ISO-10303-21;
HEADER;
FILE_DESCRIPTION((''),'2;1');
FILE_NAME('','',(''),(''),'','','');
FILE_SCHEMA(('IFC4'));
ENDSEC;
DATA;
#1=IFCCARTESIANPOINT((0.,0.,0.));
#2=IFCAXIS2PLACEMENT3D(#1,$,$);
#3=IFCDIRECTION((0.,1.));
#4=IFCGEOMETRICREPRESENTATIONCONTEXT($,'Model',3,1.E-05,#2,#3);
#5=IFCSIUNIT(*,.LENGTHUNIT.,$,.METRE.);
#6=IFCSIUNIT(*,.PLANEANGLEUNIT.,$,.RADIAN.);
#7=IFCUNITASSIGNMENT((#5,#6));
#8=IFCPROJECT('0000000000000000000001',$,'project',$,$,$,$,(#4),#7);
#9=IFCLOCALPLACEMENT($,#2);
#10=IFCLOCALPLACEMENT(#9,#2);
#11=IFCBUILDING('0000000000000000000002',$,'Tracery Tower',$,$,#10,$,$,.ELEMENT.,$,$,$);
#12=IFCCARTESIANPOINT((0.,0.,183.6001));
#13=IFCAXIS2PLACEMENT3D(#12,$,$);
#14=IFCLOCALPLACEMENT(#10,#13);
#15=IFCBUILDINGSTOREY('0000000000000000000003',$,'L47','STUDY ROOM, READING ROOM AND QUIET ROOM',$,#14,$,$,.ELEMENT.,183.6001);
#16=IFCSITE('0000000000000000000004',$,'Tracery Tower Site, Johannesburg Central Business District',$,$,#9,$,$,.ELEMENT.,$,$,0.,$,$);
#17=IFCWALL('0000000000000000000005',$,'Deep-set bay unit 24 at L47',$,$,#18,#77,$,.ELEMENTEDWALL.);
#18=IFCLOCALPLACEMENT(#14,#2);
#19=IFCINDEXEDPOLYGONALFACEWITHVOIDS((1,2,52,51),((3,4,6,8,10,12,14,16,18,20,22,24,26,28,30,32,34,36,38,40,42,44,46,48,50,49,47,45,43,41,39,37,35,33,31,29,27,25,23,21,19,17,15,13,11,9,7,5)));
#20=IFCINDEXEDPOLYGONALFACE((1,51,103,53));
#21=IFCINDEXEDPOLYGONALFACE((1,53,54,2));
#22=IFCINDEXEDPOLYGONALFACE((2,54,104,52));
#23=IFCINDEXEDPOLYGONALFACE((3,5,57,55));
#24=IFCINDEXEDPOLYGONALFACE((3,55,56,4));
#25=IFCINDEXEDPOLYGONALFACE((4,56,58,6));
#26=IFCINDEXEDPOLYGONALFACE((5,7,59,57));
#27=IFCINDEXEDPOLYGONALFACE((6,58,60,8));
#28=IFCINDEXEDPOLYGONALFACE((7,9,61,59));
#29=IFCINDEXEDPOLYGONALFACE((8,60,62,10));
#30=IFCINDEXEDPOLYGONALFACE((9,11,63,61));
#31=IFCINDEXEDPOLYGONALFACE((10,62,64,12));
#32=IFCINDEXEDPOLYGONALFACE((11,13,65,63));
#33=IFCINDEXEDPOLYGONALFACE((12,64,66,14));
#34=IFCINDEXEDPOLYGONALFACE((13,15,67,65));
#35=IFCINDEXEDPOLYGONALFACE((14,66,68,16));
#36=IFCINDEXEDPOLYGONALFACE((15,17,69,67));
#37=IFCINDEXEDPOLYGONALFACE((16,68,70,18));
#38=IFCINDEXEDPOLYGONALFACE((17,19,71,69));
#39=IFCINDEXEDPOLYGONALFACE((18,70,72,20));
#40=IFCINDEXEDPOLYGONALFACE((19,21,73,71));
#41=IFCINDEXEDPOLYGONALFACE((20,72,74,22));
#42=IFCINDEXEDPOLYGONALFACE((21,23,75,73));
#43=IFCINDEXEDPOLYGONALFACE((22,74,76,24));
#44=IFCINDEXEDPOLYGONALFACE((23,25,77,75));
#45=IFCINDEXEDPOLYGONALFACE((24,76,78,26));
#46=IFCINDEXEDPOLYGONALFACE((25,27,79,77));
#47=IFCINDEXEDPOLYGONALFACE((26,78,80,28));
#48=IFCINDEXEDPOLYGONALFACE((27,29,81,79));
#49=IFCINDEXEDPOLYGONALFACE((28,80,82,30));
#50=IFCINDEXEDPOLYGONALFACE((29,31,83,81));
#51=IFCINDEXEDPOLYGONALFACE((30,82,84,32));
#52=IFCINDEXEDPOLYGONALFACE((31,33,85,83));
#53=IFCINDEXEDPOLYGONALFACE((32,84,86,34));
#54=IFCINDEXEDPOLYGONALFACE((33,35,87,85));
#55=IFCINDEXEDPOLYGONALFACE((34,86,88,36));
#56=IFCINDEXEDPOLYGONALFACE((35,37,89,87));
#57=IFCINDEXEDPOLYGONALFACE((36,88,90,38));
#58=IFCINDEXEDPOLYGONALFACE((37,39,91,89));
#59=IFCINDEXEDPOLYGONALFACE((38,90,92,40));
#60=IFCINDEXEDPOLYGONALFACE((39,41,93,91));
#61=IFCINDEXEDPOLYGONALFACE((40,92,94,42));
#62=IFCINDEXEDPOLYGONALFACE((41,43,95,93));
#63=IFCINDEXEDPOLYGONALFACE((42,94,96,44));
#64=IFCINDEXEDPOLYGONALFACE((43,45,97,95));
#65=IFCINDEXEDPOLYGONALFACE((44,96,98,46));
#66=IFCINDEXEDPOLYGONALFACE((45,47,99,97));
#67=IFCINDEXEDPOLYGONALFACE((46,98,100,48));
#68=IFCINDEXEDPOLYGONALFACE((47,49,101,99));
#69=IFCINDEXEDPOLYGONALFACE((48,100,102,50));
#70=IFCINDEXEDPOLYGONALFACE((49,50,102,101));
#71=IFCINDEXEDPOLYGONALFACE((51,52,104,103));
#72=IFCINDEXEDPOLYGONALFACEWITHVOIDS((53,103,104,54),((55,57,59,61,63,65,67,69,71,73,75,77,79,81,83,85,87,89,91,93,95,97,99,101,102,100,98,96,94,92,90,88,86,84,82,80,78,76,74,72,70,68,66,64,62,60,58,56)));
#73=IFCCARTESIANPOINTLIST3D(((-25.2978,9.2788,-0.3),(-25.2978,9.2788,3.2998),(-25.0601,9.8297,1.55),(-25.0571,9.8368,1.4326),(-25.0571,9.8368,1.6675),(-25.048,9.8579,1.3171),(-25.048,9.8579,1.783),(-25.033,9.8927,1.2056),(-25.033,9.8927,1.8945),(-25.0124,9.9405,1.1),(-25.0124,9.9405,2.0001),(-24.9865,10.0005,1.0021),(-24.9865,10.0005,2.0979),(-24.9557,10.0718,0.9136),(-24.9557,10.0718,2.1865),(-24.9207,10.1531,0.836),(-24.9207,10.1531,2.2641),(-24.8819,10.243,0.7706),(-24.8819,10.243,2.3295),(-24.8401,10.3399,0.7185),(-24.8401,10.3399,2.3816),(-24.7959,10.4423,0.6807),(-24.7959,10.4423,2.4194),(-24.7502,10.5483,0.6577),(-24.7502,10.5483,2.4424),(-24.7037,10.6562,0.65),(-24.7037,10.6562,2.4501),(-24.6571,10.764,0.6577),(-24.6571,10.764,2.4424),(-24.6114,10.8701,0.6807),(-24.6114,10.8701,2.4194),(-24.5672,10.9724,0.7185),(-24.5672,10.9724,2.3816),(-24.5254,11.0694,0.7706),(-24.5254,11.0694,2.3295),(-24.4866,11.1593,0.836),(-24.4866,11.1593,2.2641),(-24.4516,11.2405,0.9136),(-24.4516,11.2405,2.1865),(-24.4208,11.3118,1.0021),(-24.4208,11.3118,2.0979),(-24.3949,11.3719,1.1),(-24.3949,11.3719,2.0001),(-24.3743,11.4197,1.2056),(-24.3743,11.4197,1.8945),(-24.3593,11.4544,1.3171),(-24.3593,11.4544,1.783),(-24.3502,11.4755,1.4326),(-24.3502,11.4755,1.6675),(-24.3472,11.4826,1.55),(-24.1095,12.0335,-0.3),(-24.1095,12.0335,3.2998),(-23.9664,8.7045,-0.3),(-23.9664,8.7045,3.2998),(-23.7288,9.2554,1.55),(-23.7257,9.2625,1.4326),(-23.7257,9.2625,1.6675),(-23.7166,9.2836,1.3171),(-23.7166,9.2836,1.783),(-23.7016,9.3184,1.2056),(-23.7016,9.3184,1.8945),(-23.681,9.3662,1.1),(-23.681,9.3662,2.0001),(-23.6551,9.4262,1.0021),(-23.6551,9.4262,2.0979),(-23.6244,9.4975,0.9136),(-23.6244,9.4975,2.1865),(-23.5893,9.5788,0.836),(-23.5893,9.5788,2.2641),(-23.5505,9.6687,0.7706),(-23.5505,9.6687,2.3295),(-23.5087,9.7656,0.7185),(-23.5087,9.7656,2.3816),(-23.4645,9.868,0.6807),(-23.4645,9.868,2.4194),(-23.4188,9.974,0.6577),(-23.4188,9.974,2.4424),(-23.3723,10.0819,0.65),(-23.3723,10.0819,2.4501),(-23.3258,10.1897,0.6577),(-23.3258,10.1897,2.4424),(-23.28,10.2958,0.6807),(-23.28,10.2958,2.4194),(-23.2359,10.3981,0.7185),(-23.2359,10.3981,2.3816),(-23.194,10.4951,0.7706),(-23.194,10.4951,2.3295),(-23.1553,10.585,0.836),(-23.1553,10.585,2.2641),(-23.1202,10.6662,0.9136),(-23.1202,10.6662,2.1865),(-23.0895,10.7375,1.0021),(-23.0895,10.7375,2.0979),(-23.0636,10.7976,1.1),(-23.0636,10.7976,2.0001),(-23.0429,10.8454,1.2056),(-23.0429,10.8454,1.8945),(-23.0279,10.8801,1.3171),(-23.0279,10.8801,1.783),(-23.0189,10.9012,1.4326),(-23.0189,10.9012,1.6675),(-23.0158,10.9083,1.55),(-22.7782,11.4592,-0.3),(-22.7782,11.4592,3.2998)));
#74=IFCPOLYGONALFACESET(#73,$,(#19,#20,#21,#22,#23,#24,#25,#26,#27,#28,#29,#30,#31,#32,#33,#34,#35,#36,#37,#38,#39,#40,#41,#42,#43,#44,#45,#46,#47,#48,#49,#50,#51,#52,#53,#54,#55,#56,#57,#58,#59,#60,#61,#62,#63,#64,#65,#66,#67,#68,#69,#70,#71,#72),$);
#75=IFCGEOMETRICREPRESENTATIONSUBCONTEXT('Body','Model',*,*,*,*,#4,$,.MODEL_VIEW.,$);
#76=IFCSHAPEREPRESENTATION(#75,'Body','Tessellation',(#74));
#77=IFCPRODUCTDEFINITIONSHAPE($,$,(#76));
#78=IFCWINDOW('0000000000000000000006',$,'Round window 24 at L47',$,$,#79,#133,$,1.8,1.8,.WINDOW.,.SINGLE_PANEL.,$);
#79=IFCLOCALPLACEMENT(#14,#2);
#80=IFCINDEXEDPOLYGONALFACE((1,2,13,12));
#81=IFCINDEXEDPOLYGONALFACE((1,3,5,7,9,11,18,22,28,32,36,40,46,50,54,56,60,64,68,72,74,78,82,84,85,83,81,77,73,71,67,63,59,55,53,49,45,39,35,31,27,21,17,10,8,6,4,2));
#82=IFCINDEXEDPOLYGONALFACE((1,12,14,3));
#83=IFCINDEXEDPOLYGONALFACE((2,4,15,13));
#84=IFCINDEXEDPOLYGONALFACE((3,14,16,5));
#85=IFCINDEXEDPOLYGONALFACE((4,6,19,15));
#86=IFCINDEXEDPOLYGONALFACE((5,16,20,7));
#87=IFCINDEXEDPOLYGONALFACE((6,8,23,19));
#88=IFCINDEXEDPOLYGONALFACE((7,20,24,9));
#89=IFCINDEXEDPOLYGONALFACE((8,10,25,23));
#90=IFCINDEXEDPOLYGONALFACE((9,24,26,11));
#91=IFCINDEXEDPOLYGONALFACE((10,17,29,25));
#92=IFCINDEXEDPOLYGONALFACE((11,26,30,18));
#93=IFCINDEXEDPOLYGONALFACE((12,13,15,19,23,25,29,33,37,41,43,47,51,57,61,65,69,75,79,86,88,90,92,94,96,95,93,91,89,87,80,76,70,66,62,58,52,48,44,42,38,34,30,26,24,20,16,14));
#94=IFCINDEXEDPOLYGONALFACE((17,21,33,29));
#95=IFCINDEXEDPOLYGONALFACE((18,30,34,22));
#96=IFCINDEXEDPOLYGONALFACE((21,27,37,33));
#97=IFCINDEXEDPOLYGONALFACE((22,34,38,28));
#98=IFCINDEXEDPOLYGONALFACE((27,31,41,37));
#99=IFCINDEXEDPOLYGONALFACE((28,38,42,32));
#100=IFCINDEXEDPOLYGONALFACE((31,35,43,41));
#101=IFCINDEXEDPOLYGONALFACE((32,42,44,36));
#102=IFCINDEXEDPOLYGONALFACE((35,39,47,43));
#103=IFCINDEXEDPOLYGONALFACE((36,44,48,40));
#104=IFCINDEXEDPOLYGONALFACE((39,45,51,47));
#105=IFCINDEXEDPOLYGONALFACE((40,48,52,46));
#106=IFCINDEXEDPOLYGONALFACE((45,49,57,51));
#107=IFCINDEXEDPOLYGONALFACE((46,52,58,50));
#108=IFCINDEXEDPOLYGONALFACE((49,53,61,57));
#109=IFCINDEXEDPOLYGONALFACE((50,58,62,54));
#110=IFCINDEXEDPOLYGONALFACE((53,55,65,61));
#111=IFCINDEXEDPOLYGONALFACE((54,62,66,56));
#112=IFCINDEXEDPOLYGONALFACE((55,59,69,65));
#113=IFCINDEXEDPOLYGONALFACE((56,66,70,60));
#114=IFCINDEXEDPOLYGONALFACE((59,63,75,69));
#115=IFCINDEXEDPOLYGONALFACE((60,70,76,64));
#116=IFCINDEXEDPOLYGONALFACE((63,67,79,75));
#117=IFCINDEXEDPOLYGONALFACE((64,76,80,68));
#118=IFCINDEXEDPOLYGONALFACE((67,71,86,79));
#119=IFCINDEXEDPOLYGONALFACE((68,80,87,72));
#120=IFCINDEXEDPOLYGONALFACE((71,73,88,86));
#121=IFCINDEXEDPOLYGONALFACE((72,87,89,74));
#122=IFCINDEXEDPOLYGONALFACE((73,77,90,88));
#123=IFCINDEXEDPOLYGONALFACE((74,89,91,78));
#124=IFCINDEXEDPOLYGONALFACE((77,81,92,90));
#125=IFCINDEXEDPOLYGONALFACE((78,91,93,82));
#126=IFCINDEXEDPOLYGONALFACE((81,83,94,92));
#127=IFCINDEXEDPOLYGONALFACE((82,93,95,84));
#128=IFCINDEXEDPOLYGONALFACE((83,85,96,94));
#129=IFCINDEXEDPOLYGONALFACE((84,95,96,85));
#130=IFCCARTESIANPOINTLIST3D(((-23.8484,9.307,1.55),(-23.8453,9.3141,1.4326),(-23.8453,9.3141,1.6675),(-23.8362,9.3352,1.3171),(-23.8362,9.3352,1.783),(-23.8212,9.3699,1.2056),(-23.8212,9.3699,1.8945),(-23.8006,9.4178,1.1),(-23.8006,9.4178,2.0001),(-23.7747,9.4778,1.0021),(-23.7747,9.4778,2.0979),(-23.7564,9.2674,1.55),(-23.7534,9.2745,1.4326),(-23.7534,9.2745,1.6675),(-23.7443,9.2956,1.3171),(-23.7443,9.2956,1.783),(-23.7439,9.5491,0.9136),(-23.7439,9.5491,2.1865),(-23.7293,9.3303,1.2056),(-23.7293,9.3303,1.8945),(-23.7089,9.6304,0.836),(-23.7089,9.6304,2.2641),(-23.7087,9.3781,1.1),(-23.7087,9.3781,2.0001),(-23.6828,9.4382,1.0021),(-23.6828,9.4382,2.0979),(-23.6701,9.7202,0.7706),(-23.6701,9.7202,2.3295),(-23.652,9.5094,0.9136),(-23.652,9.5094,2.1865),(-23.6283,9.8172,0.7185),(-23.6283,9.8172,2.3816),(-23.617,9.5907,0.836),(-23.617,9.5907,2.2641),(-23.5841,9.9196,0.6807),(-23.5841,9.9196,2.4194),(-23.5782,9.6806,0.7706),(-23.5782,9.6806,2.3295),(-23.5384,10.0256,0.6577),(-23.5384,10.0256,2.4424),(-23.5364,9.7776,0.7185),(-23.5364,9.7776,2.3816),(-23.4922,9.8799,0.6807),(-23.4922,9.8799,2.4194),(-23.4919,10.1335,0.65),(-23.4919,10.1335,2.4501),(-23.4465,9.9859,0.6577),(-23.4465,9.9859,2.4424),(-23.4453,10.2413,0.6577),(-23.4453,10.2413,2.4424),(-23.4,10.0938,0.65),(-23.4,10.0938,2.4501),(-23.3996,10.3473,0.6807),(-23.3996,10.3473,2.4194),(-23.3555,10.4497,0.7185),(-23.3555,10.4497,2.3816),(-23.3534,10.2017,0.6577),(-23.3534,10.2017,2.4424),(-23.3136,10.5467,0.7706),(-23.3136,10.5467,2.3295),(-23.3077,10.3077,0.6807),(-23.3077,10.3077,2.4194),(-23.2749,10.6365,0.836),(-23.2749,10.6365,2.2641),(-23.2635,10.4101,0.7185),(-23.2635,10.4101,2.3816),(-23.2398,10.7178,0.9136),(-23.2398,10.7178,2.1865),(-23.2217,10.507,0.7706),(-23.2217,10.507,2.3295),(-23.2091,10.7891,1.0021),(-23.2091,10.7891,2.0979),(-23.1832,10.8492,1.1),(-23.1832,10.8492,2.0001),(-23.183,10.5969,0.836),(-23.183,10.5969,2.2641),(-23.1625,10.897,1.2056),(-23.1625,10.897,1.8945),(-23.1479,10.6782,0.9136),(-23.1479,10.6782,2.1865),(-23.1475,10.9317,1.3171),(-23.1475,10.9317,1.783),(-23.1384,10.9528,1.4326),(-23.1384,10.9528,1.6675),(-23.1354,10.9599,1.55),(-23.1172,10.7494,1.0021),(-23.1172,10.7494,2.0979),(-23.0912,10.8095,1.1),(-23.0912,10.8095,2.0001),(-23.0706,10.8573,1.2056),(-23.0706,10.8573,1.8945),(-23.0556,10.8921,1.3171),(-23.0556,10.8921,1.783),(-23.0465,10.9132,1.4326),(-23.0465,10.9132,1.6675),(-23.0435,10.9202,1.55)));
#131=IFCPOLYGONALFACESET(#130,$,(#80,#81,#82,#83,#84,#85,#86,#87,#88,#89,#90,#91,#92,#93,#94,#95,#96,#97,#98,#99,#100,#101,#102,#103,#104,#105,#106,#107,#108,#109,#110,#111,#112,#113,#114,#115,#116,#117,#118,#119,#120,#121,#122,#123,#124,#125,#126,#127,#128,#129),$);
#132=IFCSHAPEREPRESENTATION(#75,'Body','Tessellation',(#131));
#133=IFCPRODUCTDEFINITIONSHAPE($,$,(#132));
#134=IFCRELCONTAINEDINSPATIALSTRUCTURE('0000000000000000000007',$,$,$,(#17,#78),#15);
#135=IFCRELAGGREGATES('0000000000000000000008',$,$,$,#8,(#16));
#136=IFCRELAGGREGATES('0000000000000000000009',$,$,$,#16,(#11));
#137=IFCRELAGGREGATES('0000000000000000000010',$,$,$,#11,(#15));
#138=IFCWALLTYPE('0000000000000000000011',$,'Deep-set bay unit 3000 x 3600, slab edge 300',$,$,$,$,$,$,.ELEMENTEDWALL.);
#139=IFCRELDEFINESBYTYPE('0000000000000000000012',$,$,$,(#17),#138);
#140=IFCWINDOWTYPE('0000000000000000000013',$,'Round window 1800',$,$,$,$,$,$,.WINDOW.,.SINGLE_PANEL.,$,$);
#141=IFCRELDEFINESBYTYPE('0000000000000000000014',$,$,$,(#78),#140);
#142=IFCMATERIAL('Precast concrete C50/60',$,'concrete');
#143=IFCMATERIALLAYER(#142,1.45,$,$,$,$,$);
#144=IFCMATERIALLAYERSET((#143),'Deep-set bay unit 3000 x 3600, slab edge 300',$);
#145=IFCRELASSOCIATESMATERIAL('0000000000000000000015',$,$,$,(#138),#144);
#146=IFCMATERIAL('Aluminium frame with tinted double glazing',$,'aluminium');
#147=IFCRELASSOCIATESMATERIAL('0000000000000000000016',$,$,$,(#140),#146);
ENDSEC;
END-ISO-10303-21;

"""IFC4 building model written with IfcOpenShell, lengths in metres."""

from ifc_helpers import new_model, si_unit, direction, frame, frame_2d, origin, origin_2d, place, context, subcontext, project, spatial, rectangle, circle, extrude, material, layer, layer_set, type_object, element, fill, save


model = new_model("IFC4")

# Units and contexts
model_context = context("Model", 3, precision=1e-05, world=origin(), true_north=direction((0.0, 1.0)))
body_context = subcontext(model_context, "Body", "Model", "MODEL_VIEW")
ifc_project = project(units=[si_unit("LENGTHUNIT", "METRE"), si_unit("PLANEANGLEUNIT", "RADIAN")], contexts=[model_context])

# Site, building, storey
site_placement = place(None, origin())
site = spatial("IfcSite", under=ifc_project, at=site_placement, Name="Tracery Tower Site, Johannesburg Central Business District", CompositionType="ELEMENT", RefElevation=0.0)
building_placement = place(site_placement, origin())
building = spatial("IfcBuilding", under=site, at=building_placement, Name="Tracery Tower", CompositionType="ELEMENT")
storey_placement = place(building_placement, frame((0.0, 0.0, 183.6001)))
storey = spatial("IfcBuildingStorey", under=building, at=storey_placement, Name="L47", Description="STUDY ROOM, READING ROOM AND QUIET ROOM", CompositionType="ELEMENT", Elevation=183.6001)

# Wall, opening, window
ifc_material_1 = material(Name="Precast concrete C50/60", Category="concrete")
ifc_layer_1 = layer(ifc_material_1, 1.45)
ifc_layer_set_1 = layer_set([ifc_layer_1], Name="Deep-set bay unit 3000 x 3600, slab edge 300")
wall_type_1 = type_object("IfcWallType", Name="Deep-set bay unit 3000 x 3600, slab edge 300", PredefinedType="ELEMENTEDWALL", material=ifc_layer_set_1)
ifc_material_2 = material(Name="Aluminium frame with tinted double glazing", Category="aluminium")
window_type = type_object("IfcWindowType", Name="Round window 1800", PartitioningType="SINGLE_PANEL", PredefinedType="WINDOW", material=ifc_material_2)
wall_1_placement = place(storey_placement, frame((-23.4438, 11.7463, -0.3), z_axis=(0.0, 0.0, 1.0), x_axis=(-0.396079, -0.918216, 0.0)))
wall_1 = element("IfcWall", 1, at=wall_1_placement, inside=storey, type_object=wall_type_1, Name="Deep-set bay unit 24 at L47", PredefinedType="ELEMENTEDWALL", context=body_context, shape_type="SweptSolid", body=[
    extrude(rectangle(XDim=3.0, YDim=1.45, at=frame_2d((1.5, 0.0))), origin(), (0.0, 0.0, 1.0), 3.5999),
])
opening_1_placement = place(wall_1_placement, frame((1.5, 0.0, 1.8501)))
opening_1 = element("IfcOpeningElement", 2, at=opening_1_placement, cuts=wall_1, PredefinedType="OPENING", context=body_context, shape_type="SweptSolid", body=[
    extrude(circle(Radius=0.9, at=origin_2d()), frame((0.0, 0.7349, 0.0), z_axis=(0.0, -1.0, 0.0), x_axis=(1.0, 0.0, 0.0)), (0.0, 0.0, 1.0), 1.47),
])
window_1_placement = place(opening_1_placement, origin())
window_1 = element("IfcWindow", 3, at=window_1_placement, inside=storey, type_object=window_type, Name="Round window 24 at L47", OverallHeight=1.8, OverallWidth=1.8, PartitioningType="SINGLE_PANEL", PredefinedType="WINDOW", context=body_context, shape_type="SweptSolid", body=[
    extrude(circle(Radius=0.9, at=origin_2d()), frame((0.0, 0.6948, 0.0), z_axis=(0.0, -1.0, 0.0), x_axis=(1.0, 0.0, 0.0)), (0.0, 0.0, 1.0), 0.1001),
])
fill(opening_1, window_1)

save(model, "model.ifc")
